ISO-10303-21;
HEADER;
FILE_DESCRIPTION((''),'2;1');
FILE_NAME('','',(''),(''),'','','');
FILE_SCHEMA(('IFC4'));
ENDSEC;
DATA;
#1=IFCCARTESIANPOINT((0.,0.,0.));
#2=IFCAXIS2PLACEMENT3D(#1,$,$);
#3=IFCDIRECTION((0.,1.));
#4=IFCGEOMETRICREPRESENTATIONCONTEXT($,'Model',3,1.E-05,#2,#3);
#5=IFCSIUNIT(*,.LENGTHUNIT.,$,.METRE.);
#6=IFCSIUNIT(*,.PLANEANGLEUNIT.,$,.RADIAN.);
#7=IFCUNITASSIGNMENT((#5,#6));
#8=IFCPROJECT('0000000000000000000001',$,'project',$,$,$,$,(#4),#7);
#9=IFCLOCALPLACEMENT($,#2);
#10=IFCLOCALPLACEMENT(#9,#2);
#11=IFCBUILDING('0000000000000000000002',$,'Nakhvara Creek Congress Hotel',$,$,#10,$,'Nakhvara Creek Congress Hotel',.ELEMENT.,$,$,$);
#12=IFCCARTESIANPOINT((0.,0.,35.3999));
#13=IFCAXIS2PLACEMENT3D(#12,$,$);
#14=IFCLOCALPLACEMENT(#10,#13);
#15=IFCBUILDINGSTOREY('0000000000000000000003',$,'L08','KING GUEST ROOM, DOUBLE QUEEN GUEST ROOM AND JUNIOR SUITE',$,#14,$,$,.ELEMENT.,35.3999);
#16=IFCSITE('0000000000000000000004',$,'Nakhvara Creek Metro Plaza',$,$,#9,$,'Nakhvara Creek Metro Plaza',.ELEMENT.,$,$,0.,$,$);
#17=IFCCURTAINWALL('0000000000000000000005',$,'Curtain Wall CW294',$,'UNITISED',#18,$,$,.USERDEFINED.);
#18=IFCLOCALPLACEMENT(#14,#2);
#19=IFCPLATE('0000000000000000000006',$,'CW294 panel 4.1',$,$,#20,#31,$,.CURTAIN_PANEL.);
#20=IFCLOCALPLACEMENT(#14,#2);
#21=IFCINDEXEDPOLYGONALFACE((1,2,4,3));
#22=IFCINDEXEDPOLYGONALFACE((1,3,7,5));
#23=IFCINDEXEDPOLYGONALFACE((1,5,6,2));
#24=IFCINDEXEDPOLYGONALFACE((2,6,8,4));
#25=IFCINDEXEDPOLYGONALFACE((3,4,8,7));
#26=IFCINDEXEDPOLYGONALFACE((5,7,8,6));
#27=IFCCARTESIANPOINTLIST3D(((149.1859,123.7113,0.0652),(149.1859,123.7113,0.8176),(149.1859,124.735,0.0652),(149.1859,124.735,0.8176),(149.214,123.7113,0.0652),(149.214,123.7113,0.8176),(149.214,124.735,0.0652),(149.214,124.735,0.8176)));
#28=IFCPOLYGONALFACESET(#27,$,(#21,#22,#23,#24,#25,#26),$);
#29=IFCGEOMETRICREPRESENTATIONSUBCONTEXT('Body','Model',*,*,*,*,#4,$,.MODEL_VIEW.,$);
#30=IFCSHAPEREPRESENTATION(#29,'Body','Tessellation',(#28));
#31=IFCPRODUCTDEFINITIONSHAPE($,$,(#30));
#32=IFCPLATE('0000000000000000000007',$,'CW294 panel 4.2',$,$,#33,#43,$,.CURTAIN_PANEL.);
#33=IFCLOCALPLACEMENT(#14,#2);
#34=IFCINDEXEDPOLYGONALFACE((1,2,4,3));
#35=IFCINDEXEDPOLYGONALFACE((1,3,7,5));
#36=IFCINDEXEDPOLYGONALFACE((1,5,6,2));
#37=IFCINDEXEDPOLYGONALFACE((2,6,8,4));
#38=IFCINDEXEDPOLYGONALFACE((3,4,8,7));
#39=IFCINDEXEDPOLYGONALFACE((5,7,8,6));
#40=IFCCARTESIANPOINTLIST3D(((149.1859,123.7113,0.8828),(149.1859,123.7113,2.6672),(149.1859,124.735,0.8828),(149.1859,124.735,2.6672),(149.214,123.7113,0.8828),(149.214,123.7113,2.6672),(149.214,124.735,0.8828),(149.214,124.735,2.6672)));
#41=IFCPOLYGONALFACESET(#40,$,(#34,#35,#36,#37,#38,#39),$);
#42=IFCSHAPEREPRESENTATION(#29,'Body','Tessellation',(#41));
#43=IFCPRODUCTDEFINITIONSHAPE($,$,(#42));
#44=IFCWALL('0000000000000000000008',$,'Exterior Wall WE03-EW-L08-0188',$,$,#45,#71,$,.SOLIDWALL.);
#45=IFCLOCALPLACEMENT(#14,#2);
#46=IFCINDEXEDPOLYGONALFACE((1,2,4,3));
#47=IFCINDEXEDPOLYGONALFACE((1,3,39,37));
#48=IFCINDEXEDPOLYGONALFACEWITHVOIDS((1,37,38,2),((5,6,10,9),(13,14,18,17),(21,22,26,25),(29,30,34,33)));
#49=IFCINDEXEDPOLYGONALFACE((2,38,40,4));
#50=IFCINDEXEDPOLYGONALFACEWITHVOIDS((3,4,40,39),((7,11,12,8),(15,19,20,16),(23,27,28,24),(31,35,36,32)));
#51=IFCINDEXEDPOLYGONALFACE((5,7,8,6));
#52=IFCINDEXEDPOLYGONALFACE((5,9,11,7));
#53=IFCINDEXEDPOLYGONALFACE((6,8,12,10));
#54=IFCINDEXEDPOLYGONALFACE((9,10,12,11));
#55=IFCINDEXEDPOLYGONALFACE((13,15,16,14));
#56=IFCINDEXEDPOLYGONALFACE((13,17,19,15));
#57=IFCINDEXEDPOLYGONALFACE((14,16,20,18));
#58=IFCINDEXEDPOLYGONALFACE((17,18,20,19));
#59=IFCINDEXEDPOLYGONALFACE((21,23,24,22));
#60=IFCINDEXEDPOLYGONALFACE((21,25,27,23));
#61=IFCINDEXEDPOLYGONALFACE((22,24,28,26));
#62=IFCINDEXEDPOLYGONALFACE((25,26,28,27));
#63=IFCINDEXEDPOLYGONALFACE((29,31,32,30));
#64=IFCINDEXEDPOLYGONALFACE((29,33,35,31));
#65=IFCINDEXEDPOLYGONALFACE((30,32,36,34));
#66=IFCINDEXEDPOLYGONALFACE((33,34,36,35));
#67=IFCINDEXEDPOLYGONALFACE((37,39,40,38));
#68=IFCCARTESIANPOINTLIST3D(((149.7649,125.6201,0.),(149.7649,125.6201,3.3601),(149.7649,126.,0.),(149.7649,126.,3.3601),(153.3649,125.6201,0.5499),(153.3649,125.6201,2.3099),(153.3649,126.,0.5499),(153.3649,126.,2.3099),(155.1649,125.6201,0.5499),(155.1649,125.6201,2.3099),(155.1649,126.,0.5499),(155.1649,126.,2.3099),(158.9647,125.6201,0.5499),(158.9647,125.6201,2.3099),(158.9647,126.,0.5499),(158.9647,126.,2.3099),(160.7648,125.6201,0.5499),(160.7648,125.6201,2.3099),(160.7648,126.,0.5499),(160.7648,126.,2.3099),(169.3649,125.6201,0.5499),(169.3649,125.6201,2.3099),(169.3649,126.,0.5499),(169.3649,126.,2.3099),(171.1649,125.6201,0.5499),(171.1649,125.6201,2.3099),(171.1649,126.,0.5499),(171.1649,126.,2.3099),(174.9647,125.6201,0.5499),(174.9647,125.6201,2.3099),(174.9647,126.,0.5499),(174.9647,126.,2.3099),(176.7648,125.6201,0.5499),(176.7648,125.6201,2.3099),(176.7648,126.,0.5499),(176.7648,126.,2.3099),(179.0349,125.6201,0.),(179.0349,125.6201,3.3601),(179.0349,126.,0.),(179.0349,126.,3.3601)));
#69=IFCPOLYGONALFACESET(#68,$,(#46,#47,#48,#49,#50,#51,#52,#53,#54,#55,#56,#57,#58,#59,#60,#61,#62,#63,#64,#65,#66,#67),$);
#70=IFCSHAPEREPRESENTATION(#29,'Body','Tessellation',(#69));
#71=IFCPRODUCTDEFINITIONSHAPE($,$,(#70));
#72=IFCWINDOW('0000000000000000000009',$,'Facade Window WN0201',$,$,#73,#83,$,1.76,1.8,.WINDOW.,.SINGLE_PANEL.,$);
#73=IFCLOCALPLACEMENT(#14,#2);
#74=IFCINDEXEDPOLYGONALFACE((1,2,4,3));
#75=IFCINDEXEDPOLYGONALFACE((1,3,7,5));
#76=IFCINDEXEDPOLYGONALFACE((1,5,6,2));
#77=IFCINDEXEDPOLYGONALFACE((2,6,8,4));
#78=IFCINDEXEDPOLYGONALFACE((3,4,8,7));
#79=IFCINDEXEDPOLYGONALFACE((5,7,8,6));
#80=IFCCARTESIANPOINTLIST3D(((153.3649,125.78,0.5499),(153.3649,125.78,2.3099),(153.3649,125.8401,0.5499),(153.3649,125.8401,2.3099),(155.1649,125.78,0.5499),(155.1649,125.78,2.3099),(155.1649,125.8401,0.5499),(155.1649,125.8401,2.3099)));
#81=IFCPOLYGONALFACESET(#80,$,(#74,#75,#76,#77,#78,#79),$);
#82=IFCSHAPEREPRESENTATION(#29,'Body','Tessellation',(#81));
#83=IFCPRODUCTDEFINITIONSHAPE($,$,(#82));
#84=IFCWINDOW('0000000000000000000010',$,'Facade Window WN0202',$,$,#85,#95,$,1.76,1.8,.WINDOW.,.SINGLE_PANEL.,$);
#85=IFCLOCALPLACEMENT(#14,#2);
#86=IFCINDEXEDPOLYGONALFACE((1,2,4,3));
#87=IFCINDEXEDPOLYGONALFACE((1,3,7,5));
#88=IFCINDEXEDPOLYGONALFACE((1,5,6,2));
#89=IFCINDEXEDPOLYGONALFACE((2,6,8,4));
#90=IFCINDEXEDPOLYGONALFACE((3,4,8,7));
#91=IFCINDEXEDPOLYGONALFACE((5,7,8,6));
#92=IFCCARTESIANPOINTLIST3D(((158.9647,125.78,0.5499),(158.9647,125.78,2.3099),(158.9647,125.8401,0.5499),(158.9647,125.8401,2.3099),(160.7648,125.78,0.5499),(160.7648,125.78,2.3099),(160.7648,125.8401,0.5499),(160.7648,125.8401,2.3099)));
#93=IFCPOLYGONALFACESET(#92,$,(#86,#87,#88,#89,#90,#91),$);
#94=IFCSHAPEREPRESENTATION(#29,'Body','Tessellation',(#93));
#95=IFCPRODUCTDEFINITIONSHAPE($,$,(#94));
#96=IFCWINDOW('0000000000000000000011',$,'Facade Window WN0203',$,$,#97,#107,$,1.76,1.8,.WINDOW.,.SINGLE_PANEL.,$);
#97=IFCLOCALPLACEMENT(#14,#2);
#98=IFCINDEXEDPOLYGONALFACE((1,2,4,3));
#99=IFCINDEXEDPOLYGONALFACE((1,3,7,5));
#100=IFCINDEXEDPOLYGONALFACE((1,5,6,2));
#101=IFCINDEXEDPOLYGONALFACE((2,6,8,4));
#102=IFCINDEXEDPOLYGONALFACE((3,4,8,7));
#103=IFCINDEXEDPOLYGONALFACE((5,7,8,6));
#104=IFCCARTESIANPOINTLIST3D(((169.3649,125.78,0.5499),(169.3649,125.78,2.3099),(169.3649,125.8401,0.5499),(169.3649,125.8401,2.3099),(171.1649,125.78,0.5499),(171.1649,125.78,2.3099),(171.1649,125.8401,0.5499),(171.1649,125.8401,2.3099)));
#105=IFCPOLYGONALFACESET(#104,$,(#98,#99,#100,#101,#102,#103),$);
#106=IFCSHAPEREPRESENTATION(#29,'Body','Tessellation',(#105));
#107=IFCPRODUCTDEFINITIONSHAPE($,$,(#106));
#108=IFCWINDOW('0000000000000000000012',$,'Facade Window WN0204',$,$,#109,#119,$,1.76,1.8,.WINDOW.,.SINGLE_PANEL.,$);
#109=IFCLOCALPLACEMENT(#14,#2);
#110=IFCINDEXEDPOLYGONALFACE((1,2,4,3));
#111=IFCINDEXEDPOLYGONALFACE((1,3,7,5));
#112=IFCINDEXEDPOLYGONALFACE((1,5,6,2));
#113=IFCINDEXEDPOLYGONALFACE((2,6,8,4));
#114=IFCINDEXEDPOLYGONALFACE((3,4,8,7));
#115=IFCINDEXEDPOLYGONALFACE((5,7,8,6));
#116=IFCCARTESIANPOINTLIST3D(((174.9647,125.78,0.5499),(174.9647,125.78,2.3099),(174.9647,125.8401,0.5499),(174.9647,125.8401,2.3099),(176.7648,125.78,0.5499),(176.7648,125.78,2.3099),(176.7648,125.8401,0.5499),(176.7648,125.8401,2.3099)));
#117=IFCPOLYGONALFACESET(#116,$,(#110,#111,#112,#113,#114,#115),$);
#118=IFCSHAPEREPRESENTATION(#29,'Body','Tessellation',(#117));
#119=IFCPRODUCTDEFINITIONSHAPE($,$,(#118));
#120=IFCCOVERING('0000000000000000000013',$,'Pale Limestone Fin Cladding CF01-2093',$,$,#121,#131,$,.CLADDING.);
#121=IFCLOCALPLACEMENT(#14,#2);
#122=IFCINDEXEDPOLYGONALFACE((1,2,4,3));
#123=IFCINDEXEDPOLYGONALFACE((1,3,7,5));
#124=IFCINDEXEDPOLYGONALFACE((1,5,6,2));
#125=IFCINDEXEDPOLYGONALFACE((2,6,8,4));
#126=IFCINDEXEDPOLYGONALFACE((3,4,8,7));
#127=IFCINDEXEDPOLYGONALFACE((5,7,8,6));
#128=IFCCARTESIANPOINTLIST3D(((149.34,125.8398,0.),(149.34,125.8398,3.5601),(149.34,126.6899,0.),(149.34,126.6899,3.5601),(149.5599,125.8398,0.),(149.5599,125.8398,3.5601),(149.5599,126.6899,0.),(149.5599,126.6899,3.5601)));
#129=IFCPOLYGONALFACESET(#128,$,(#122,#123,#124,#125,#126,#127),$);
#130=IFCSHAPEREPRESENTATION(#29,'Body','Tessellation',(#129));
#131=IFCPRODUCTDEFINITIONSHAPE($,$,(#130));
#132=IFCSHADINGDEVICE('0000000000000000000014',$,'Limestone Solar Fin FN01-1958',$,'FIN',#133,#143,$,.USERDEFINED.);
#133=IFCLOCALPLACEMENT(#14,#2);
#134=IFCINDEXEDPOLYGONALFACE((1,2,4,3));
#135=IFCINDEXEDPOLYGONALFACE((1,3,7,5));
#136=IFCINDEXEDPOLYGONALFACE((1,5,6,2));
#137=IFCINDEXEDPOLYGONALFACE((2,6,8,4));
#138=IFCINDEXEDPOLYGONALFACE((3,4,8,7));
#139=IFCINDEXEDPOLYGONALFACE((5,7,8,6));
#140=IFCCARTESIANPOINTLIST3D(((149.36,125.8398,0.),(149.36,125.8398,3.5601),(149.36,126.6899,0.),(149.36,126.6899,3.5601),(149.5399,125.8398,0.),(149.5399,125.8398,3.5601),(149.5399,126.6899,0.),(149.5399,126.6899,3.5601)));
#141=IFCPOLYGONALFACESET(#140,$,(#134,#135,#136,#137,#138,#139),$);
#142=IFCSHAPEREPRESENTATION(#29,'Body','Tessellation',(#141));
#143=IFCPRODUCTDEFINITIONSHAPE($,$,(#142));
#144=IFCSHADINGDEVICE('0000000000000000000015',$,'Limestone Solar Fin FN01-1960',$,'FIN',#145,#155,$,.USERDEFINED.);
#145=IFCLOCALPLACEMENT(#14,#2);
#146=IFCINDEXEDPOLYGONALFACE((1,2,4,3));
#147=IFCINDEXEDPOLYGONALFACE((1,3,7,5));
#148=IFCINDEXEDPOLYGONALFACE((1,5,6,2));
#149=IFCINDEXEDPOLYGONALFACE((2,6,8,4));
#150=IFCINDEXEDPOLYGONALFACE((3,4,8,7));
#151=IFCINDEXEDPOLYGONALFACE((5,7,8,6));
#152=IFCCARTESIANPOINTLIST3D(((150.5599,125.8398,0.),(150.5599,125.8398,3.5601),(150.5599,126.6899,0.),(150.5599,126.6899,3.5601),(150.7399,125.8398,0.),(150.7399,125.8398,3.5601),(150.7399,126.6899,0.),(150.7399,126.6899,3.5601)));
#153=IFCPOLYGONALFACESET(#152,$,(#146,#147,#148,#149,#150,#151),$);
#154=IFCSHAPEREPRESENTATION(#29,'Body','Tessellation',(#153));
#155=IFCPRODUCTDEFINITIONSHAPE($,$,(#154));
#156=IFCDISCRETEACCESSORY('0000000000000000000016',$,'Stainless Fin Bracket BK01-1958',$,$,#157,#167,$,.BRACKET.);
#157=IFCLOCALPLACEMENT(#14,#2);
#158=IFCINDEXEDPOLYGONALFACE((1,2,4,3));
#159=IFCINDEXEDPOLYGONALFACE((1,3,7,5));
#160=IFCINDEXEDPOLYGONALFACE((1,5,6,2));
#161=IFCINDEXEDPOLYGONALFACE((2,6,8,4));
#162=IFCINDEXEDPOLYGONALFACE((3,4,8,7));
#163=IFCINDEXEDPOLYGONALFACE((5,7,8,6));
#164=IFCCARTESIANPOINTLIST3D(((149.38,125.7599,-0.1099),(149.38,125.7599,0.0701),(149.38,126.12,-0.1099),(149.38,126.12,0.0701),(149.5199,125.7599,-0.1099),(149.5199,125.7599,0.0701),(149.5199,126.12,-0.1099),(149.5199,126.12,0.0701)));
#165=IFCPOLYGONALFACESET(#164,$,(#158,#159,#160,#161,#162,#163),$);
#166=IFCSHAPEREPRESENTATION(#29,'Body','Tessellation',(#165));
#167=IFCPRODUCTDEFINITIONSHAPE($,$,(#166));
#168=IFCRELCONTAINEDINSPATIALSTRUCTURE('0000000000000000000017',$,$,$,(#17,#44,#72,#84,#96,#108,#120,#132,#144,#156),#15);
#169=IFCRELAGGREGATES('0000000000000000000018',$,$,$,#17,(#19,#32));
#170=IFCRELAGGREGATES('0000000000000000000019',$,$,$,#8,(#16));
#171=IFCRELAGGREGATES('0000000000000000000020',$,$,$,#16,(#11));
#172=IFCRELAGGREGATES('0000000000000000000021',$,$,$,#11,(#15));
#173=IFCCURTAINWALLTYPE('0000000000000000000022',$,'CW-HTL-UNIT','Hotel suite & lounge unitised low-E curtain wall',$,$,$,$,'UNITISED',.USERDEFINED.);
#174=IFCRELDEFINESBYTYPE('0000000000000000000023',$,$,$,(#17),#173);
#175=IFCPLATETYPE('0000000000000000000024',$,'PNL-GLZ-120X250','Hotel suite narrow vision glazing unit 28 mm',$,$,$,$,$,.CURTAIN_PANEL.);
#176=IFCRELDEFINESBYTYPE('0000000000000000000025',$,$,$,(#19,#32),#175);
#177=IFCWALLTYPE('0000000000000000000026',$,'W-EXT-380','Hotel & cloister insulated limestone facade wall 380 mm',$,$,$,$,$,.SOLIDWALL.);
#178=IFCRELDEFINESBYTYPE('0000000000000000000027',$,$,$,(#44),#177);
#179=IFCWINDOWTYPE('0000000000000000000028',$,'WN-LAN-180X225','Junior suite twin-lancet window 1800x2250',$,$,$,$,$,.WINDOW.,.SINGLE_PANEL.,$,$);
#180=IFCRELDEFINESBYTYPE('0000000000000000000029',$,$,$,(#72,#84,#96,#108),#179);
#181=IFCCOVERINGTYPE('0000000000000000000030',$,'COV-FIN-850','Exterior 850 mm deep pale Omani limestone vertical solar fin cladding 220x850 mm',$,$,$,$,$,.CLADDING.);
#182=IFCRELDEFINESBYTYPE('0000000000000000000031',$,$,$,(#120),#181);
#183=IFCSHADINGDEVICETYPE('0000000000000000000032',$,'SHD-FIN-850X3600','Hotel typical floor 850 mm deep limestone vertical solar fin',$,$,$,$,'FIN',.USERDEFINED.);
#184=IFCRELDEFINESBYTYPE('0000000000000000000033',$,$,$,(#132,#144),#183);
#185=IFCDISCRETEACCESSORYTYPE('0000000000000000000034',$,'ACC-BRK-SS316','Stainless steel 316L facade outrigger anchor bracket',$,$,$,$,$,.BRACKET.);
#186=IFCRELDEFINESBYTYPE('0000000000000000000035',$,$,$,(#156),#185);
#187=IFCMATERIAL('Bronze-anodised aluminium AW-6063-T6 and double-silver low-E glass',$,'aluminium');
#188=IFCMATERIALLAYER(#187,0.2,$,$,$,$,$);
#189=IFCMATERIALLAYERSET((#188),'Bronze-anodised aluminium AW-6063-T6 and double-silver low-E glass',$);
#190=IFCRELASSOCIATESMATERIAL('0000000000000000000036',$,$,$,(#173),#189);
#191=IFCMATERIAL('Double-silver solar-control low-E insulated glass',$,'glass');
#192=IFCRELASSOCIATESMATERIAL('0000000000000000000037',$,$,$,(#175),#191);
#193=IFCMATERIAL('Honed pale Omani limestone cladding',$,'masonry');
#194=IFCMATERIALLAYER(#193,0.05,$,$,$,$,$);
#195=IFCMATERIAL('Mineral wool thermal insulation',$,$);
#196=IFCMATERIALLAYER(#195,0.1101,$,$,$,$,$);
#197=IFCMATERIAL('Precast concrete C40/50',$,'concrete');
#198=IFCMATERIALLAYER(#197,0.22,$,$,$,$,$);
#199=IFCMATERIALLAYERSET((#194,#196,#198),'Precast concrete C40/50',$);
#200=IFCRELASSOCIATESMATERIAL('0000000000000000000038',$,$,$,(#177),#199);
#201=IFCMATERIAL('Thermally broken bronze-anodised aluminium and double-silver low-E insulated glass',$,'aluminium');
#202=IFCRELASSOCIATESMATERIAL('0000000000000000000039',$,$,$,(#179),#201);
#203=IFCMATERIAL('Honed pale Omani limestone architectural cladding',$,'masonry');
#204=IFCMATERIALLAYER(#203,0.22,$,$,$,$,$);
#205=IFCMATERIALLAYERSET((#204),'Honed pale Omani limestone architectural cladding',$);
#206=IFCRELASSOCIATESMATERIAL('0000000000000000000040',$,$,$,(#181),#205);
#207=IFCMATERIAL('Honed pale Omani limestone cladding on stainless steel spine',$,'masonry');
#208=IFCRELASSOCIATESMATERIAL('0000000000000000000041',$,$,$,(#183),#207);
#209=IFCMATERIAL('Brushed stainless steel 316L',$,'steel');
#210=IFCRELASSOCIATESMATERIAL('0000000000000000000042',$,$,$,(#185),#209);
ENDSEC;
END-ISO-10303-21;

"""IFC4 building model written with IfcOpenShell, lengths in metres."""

from ifc_helpers import new_model, si_unit, direction, frame, frame_2d, origin, origin_2d, place, context, subcontext, project, spatial, rectangle, extrude, material, layer, layer_set, type_object, element, fill, aggregate, save


model = new_model("IFC4")

# Units and contexts
model_context = context("Model", 3, precision=1e-05, world=origin(), true_north=direction((0.0, 1.0)))
body_context = subcontext(model_context, "Body", "Model", "MODEL_VIEW")
ifc_project = project(units=[si_unit("LENGTHUNIT", "METRE"), si_unit("PLANEANGLEUNIT", "RADIAN")], contexts=[model_context])

# Site, building, storey
site_placement = place(None, origin())
site = spatial("IfcSite", under=ifc_project, at=site_placement, Name="Nakhvara Creek Metro Plaza", LongName="Nakhvara Creek Metro Plaza", CompositionType="ELEMENT", RefElevation=0.0)
building_placement = place(site_placement, origin())
building = spatial("IfcBuilding", under=site, at=building_placement, Name="Nakhvara Creek Congress Hotel", LongName="Nakhvara Creek Congress Hotel", CompositionType="ELEMENT")
storey_placement = place(building_placement, frame((0.0, 0.0, 35.3999)))
storey = spatial("IfcBuildingStorey", under=building, at=storey_placement, Name="L08", Description="KING GUEST ROOM, DOUBLE QUEEN GUEST ROOM AND JUNIOR SUITE", CompositionType="ELEMENT", Elevation=35.3999)

# Curtain wall, plates
ifc_material_1 = material(Name="Bronze-anodised aluminium AW-6063-T6 and double-silver low-E glass", Category="aluminium")
ifc_layer_1 = layer(ifc_material_1, 0.2)
ifc_layer_set_1 = layer_set([ifc_layer_1], Name="Bronze-anodised aluminium AW-6063-T6 and double-silver low-E glass")
curtain_wall_type = type_object("IfcCurtainWallType", Name="CW-HTL-UNIT", Description="Hotel suite & lounge unitised low-E curtain wall", ElementType="UNITISED", PredefinedType="USERDEFINED", material=ifc_layer_set_1)
curtain_wall_placement = place(storey_placement, origin())
curtain_wall = element("IfcCurtainWall", 1, at=curtain_wall_placement, inside=storey, type_object=curtain_wall_type, Name="Curtain Wall CW294", ObjectType="UNITISED", PredefinedType="USERDEFINED")
ifc_material_2 = material(Name="Double-silver solar-control low-E insulated glass", Category="glass")
plate_type = type_object("IfcPlateType", Name="PNL-GLZ-120X250", Description="Hotel suite narrow vision glazing unit 28 mm", PredefinedType="CURTAIN_PANEL", material=ifc_material_2)
plate_1_placement = place(storey_placement, frame((149.2, 124.2231, 0.0652), z_axis=(0.0, 0.0, 1.0), x_axis=(0.0, 1.0, 0.0)))
plate_1 = element("IfcPlate", 2, at=plate_1_placement, type_object=plate_type, Name="CW294 panel 4.1", PredefinedType="CURTAIN_PANEL", context=body_context, shape_type="SweptSolid", body=[
    extrude(rectangle(XDim=1.0237, YDim=0.0281, at=origin_2d()), origin(), (0.0, 0.0, 1.0), 0.7524),
])
plate_2_placement = place(storey_placement, frame((149.2, 124.2231, 0.8828), z_axis=(0.0, 0.0, 1.0), x_axis=(0.0, 1.0, 0.0)))
plate_2 = element("IfcPlate", 3, at=plate_2_placement, type_object=plate_type, Name="CW294 panel 4.2", PredefinedType="CURTAIN_PANEL", context=body_context, shape_type="SweptSolid", body=[
    extrude(rectangle(XDim=1.0237, YDim=0.0281, at=origin_2d()), origin(), (0.0, 0.0, 1.0), 1.7844),
])
aggregate(curtain_wall, [plate_1, plate_2])

# Wall, openings, windows
ifc_material_3 = material(Name="Honed pale Omani limestone cladding", Category="masonry")
ifc_layer_2 = layer(ifc_material_3, 0.05)
ifc_material_4 = material(Name="Mineral wool thermal insulation")
ifc_layer_3 = layer(ifc_material_4, 0.1101)
ifc_material_5 = material(Name="Precast concrete C40/50", Category="concrete")
ifc_layer_4 = layer(ifc_material_5, 0.22)
ifc_layer_set_2 = layer_set([ifc_layer_2, ifc_layer_3, ifc_layer_4], Name="Precast concrete C40/50")
wall_type = type_object("IfcWallType", Name="W-EXT-380", Description="Hotel & cloister insulated limestone facade wall 380 mm", PredefinedType="SOLIDWALL", material=ifc_layer_set_2)
wall_placement = place(storey_placement, frame((149.7649, 125.8101, 0.0), z_axis=(0.0, 0.0, 1.0), x_axis=(1.0, 0.0, 0.0)))
wall = element("IfcWall", 4, at=wall_placement, inside=storey, type_object=wall_type, Name="Exterior Wall WE03-EW-L08-0188", PredefinedType="SOLIDWALL", context=body_context, shape_type="SweptSolid", body=[
    extrude(rectangle(XDim=29.27, YDim=0.3799, at=frame_2d((14.635, 0.0))), origin(), (0.0, 0.0, 1.0), 3.3601),
])
opening_1_placement = place(wall_placement, frame((3.6001, 0.0, 0.55)))
opening_1 = element("IfcOpeningElement", 5, at=opening_1_placement, cuts=wall, PredefinedType="OPENING", context=body_context, shape_type="SweptSolid", body=[
    extrude(rectangle(XDim=1.8, YDim=1.76, at=frame_2d((0.8999, 0.8799))), frame((0.0, 0.2019, 0.0), z_axis=(0.0, -1.0, 0.0), x_axis=(1.0, 0.0, 0.0)), (0.0, 0.0, 1.0), 0.4038),
])
opening_2_placement = place(wall_placement, frame((9.2, 0.0, 0.55)))
opening_2 = element("IfcOpeningElement", 6, at=opening_2_placement, cuts=wall, PredefinedType="OPENING", context=body_context, shape_type="SweptSolid", body=[
    extrude(rectangle(XDim=1.8, YDim=1.76, at=frame_2d((0.8999, 0.8799))), frame((0.0, 0.2019, 0.0), z_axis=(0.0, -1.0, 0.0), x_axis=(1.0, 0.0, 0.0)), (0.0, 0.0, 1.0), 0.4038),
])
opening_3_placement = place(wall_placement, frame((19.6001, 0.0, 0.55)))
opening_3 = element("IfcOpeningElement", 7, at=opening_3_placement, cuts=wall, PredefinedType="OPENING", context=body_context, shape_type="SweptSolid", body=[
    extrude(rectangle(XDim=1.8, YDim=1.76, at=frame_2d((0.8999, 0.8799))), frame((0.0, 0.2019, 0.0), z_axis=(0.0, -1.0, 0.0), x_axis=(1.0, 0.0, 0.0)), (0.0, 0.0, 1.0), 0.4038),
])
opening_4_placement = place(wall_placement, frame((25.2, 0.0, 0.55)))
opening_4 = element("IfcOpeningElement", 8, at=opening_4_placement, cuts=wall, PredefinedType="OPENING", context=body_context, shape_type="SweptSolid", body=[
    extrude(rectangle(XDim=1.8, YDim=1.76, at=frame_2d((0.8999, 0.8799))), frame((0.0, 0.2019, 0.0), z_axis=(0.0, -1.0, 0.0), x_axis=(1.0, 0.0, 0.0)), (0.0, 0.0, 1.0), 0.4038),
])
ifc_material_6 = material(Name="Thermally broken bronze-anodised aluminium and double-silver low-E insulated glass", Category="aluminium")
window_type = type_object("IfcWindowType", Name="WN-LAN-180X225", Description="Junior suite twin-lancet window 1800x2250", PartitioningType="SINGLE_PANEL", PredefinedType="WINDOW", material=ifc_material_6)
window_1_placement = place(opening_1_placement, origin())
window_1 = element("IfcWindow", 9, at=window_1_placement, inside=storey, type_object=window_type, Name="Facade Window WN0201", OverallHeight=1.76, OverallWidth=1.8, PartitioningType="SINGLE_PANEL", PredefinedType="WINDOW", context=body_context, shape_type="SweptSolid", body=[
    extrude(rectangle(XDim=1.8, YDim=1.76, at=frame_2d((0.8999, 0.8799))), frame((0.0, 0.03, 0.0), z_axis=(0.0, -1.0, 0.0), x_axis=(1.0, 0.0, 0.0)), (0.0, 0.0, 1.0), 0.0601),
])
fill(opening_1, window_1)
window_2_placement = place(opening_2_placement, origin())
window_2 = element("IfcWindow", 10, at=window_2_placement, inside=storey, type_object=window_type, Name="Facade Window WN0202", OverallHeight=1.76, OverallWidth=1.8, PartitioningType="SINGLE_PANEL", PredefinedType="WINDOW", context=body_context, shape_type="SweptSolid", body=[
    extrude(rectangle(XDim=1.8, YDim=1.76, at=frame_2d((0.8999, 0.8799))), frame((0.0, 0.03, 0.0), z_axis=(0.0, -1.0, 0.0), x_axis=(1.0, 0.0, 0.0)), (0.0, 0.0, 1.0), 0.0601),
])
fill(opening_2, window_2)
window_3_placement = place(opening_3_placement, origin())
window_3 = element("IfcWindow", 11, at=window_3_placement, inside=storey, type_object=window_type, Name="Facade Window WN0203", OverallHeight=1.76, OverallWidth=1.8, PartitioningType="SINGLE_PANEL", PredefinedType="WINDOW", context=body_context, shape_type="SweptSolid", body=[
    extrude(rectangle(XDim=1.8, YDim=1.76, at=frame_2d((0.8999, 0.8799))), frame((0.0, 0.03, 0.0), z_axis=(0.0, -1.0, 0.0), x_axis=(1.0, 0.0, 0.0)), (0.0, 0.0, 1.0), 0.0601),
])
fill(opening_3, window_3)
window_4_placement = place(opening_4_placement, origin())
window_4 = element("IfcWindow", 12, at=window_4_placement, inside=storey, type_object=window_type, Name="Facade Window WN0204", OverallHeight=1.76, OverallWidth=1.8, PartitioningType="SINGLE_PANEL", PredefinedType="WINDOW", context=body_context, shape_type="SweptSolid", body=[
    extrude(rectangle(XDim=1.8, YDim=1.76, at=frame_2d((0.8999, 0.8799))), frame((0.0, 0.03, 0.0), z_axis=(0.0, -1.0, 0.0), x_axis=(1.0, 0.0, 0.0)), (0.0, 0.0, 1.0), 0.0601),
])
fill(opening_4, window_4)

# Covering
ifc_material_7 = material(Name="Honed pale Omani limestone architectural cladding", Category="masonry")
ifc_layer_5 = layer(ifc_material_7, 0.22)
ifc_layer_set_3 = layer_set([ifc_layer_5], Name="Honed pale Omani limestone architectural cladding")
covering_type = type_object("IfcCoveringType", Name="COV-FIN-850", Description="Exterior 850 mm deep pale Omani limestone vertical solar fin cladding 220x850 mm", PredefinedType="CLADDING", material=ifc_layer_set_3)
covering_placement = place(storey_placement, frame((149.45, 126.2649, 0.0), z_axis=(0.0, 0.0, 1.0), x_axis=(1.0, 0.0, 0.0)))
element("IfcCovering", 13, at=covering_placement, inside=storey, type_object=covering_type, Name="Pale Limestone Fin Cladding CF01-2093", PredefinedType="CLADDING", context=body_context, shape_type="SweptSolid", body=[
    extrude(rectangle(XDim=0.22, YDim=0.8501, at=origin_2d()), origin(), (0.0, 0.0, 1.0), 3.5601),
])

# Shading devices
ifc_material_8 = material(Name="Honed pale Omani limestone cladding on stainless steel spine", Category="masonry")
shading_device_type = type_object("IfcShadingDeviceType", Name="SHD-FIN-850X3600", Description="Hotel typical floor 850 mm deep limestone vertical solar fin", ElementType="FIN", PredefinedType="USERDEFINED", material=ifc_material_8)
for number, where, z_axis, x_axis, name in (
    (14, (149.45, 126.2649, 0.0), (0.0, 0.0, 1.0), (1.0, 0.0, 0.0), "Limestone Solar Fin FN01-1958"),
    (15, (150.6499, 126.2649, 0.0), (0.0, 0.0, 1.0), (1.0, 0.0, 0.0), "Limestone Solar Fin FN01-1960"),
):
    element("IfcShadingDevice", number, at=place(storey_placement, frame(where, z_axis=z_axis, x_axis=x_axis)), inside=storey, type_object=shading_device_type, Name=name, ObjectType="FIN", PredefinedType="USERDEFINED", context=body_context, shape_type="SweptSolid", body=[
        extrude(rectangle(XDim=0.1799, YDim=0.8501, at=origin_2d()), origin(), (0.0, 0.0, 1.0), 3.5601),
    ])

# Discrete accessory
ifc_material_9 = material(Name="Brushed stainless steel 316L", Category="steel")
discrete_accessory_type = type_object("IfcDiscreteAccessoryType", Name="ACC-BRK-SS316", Description="Stainless steel 316L facade outrigger anchor bracket", PredefinedType="BRACKET", material=ifc_material_9)
for number, where, z_axis, x_axis, name in (
    (16, (149.45, 125.9399, -0.1099), (0.0, 0.0, 1.0), (1.0, 0.0, 0.0), "Stainless Fin Bracket BK01-1958"),
):
    element("IfcDiscreteAccessory", number, at=place(storey_placement, frame(where, z_axis=z_axis, x_axis=x_axis)), inside=storey, type_object=discrete_accessory_type, Name=name, PredefinedType="BRACKET", context=body_context, shape_type="SweptSolid", body=[
        extrude(rectangle(XDim=0.1399, YDim=0.3601, at=origin_2d()), origin(), (0.0, 0.0, 1.0), 0.1799),
    ])

save(model, "model.ifc")
